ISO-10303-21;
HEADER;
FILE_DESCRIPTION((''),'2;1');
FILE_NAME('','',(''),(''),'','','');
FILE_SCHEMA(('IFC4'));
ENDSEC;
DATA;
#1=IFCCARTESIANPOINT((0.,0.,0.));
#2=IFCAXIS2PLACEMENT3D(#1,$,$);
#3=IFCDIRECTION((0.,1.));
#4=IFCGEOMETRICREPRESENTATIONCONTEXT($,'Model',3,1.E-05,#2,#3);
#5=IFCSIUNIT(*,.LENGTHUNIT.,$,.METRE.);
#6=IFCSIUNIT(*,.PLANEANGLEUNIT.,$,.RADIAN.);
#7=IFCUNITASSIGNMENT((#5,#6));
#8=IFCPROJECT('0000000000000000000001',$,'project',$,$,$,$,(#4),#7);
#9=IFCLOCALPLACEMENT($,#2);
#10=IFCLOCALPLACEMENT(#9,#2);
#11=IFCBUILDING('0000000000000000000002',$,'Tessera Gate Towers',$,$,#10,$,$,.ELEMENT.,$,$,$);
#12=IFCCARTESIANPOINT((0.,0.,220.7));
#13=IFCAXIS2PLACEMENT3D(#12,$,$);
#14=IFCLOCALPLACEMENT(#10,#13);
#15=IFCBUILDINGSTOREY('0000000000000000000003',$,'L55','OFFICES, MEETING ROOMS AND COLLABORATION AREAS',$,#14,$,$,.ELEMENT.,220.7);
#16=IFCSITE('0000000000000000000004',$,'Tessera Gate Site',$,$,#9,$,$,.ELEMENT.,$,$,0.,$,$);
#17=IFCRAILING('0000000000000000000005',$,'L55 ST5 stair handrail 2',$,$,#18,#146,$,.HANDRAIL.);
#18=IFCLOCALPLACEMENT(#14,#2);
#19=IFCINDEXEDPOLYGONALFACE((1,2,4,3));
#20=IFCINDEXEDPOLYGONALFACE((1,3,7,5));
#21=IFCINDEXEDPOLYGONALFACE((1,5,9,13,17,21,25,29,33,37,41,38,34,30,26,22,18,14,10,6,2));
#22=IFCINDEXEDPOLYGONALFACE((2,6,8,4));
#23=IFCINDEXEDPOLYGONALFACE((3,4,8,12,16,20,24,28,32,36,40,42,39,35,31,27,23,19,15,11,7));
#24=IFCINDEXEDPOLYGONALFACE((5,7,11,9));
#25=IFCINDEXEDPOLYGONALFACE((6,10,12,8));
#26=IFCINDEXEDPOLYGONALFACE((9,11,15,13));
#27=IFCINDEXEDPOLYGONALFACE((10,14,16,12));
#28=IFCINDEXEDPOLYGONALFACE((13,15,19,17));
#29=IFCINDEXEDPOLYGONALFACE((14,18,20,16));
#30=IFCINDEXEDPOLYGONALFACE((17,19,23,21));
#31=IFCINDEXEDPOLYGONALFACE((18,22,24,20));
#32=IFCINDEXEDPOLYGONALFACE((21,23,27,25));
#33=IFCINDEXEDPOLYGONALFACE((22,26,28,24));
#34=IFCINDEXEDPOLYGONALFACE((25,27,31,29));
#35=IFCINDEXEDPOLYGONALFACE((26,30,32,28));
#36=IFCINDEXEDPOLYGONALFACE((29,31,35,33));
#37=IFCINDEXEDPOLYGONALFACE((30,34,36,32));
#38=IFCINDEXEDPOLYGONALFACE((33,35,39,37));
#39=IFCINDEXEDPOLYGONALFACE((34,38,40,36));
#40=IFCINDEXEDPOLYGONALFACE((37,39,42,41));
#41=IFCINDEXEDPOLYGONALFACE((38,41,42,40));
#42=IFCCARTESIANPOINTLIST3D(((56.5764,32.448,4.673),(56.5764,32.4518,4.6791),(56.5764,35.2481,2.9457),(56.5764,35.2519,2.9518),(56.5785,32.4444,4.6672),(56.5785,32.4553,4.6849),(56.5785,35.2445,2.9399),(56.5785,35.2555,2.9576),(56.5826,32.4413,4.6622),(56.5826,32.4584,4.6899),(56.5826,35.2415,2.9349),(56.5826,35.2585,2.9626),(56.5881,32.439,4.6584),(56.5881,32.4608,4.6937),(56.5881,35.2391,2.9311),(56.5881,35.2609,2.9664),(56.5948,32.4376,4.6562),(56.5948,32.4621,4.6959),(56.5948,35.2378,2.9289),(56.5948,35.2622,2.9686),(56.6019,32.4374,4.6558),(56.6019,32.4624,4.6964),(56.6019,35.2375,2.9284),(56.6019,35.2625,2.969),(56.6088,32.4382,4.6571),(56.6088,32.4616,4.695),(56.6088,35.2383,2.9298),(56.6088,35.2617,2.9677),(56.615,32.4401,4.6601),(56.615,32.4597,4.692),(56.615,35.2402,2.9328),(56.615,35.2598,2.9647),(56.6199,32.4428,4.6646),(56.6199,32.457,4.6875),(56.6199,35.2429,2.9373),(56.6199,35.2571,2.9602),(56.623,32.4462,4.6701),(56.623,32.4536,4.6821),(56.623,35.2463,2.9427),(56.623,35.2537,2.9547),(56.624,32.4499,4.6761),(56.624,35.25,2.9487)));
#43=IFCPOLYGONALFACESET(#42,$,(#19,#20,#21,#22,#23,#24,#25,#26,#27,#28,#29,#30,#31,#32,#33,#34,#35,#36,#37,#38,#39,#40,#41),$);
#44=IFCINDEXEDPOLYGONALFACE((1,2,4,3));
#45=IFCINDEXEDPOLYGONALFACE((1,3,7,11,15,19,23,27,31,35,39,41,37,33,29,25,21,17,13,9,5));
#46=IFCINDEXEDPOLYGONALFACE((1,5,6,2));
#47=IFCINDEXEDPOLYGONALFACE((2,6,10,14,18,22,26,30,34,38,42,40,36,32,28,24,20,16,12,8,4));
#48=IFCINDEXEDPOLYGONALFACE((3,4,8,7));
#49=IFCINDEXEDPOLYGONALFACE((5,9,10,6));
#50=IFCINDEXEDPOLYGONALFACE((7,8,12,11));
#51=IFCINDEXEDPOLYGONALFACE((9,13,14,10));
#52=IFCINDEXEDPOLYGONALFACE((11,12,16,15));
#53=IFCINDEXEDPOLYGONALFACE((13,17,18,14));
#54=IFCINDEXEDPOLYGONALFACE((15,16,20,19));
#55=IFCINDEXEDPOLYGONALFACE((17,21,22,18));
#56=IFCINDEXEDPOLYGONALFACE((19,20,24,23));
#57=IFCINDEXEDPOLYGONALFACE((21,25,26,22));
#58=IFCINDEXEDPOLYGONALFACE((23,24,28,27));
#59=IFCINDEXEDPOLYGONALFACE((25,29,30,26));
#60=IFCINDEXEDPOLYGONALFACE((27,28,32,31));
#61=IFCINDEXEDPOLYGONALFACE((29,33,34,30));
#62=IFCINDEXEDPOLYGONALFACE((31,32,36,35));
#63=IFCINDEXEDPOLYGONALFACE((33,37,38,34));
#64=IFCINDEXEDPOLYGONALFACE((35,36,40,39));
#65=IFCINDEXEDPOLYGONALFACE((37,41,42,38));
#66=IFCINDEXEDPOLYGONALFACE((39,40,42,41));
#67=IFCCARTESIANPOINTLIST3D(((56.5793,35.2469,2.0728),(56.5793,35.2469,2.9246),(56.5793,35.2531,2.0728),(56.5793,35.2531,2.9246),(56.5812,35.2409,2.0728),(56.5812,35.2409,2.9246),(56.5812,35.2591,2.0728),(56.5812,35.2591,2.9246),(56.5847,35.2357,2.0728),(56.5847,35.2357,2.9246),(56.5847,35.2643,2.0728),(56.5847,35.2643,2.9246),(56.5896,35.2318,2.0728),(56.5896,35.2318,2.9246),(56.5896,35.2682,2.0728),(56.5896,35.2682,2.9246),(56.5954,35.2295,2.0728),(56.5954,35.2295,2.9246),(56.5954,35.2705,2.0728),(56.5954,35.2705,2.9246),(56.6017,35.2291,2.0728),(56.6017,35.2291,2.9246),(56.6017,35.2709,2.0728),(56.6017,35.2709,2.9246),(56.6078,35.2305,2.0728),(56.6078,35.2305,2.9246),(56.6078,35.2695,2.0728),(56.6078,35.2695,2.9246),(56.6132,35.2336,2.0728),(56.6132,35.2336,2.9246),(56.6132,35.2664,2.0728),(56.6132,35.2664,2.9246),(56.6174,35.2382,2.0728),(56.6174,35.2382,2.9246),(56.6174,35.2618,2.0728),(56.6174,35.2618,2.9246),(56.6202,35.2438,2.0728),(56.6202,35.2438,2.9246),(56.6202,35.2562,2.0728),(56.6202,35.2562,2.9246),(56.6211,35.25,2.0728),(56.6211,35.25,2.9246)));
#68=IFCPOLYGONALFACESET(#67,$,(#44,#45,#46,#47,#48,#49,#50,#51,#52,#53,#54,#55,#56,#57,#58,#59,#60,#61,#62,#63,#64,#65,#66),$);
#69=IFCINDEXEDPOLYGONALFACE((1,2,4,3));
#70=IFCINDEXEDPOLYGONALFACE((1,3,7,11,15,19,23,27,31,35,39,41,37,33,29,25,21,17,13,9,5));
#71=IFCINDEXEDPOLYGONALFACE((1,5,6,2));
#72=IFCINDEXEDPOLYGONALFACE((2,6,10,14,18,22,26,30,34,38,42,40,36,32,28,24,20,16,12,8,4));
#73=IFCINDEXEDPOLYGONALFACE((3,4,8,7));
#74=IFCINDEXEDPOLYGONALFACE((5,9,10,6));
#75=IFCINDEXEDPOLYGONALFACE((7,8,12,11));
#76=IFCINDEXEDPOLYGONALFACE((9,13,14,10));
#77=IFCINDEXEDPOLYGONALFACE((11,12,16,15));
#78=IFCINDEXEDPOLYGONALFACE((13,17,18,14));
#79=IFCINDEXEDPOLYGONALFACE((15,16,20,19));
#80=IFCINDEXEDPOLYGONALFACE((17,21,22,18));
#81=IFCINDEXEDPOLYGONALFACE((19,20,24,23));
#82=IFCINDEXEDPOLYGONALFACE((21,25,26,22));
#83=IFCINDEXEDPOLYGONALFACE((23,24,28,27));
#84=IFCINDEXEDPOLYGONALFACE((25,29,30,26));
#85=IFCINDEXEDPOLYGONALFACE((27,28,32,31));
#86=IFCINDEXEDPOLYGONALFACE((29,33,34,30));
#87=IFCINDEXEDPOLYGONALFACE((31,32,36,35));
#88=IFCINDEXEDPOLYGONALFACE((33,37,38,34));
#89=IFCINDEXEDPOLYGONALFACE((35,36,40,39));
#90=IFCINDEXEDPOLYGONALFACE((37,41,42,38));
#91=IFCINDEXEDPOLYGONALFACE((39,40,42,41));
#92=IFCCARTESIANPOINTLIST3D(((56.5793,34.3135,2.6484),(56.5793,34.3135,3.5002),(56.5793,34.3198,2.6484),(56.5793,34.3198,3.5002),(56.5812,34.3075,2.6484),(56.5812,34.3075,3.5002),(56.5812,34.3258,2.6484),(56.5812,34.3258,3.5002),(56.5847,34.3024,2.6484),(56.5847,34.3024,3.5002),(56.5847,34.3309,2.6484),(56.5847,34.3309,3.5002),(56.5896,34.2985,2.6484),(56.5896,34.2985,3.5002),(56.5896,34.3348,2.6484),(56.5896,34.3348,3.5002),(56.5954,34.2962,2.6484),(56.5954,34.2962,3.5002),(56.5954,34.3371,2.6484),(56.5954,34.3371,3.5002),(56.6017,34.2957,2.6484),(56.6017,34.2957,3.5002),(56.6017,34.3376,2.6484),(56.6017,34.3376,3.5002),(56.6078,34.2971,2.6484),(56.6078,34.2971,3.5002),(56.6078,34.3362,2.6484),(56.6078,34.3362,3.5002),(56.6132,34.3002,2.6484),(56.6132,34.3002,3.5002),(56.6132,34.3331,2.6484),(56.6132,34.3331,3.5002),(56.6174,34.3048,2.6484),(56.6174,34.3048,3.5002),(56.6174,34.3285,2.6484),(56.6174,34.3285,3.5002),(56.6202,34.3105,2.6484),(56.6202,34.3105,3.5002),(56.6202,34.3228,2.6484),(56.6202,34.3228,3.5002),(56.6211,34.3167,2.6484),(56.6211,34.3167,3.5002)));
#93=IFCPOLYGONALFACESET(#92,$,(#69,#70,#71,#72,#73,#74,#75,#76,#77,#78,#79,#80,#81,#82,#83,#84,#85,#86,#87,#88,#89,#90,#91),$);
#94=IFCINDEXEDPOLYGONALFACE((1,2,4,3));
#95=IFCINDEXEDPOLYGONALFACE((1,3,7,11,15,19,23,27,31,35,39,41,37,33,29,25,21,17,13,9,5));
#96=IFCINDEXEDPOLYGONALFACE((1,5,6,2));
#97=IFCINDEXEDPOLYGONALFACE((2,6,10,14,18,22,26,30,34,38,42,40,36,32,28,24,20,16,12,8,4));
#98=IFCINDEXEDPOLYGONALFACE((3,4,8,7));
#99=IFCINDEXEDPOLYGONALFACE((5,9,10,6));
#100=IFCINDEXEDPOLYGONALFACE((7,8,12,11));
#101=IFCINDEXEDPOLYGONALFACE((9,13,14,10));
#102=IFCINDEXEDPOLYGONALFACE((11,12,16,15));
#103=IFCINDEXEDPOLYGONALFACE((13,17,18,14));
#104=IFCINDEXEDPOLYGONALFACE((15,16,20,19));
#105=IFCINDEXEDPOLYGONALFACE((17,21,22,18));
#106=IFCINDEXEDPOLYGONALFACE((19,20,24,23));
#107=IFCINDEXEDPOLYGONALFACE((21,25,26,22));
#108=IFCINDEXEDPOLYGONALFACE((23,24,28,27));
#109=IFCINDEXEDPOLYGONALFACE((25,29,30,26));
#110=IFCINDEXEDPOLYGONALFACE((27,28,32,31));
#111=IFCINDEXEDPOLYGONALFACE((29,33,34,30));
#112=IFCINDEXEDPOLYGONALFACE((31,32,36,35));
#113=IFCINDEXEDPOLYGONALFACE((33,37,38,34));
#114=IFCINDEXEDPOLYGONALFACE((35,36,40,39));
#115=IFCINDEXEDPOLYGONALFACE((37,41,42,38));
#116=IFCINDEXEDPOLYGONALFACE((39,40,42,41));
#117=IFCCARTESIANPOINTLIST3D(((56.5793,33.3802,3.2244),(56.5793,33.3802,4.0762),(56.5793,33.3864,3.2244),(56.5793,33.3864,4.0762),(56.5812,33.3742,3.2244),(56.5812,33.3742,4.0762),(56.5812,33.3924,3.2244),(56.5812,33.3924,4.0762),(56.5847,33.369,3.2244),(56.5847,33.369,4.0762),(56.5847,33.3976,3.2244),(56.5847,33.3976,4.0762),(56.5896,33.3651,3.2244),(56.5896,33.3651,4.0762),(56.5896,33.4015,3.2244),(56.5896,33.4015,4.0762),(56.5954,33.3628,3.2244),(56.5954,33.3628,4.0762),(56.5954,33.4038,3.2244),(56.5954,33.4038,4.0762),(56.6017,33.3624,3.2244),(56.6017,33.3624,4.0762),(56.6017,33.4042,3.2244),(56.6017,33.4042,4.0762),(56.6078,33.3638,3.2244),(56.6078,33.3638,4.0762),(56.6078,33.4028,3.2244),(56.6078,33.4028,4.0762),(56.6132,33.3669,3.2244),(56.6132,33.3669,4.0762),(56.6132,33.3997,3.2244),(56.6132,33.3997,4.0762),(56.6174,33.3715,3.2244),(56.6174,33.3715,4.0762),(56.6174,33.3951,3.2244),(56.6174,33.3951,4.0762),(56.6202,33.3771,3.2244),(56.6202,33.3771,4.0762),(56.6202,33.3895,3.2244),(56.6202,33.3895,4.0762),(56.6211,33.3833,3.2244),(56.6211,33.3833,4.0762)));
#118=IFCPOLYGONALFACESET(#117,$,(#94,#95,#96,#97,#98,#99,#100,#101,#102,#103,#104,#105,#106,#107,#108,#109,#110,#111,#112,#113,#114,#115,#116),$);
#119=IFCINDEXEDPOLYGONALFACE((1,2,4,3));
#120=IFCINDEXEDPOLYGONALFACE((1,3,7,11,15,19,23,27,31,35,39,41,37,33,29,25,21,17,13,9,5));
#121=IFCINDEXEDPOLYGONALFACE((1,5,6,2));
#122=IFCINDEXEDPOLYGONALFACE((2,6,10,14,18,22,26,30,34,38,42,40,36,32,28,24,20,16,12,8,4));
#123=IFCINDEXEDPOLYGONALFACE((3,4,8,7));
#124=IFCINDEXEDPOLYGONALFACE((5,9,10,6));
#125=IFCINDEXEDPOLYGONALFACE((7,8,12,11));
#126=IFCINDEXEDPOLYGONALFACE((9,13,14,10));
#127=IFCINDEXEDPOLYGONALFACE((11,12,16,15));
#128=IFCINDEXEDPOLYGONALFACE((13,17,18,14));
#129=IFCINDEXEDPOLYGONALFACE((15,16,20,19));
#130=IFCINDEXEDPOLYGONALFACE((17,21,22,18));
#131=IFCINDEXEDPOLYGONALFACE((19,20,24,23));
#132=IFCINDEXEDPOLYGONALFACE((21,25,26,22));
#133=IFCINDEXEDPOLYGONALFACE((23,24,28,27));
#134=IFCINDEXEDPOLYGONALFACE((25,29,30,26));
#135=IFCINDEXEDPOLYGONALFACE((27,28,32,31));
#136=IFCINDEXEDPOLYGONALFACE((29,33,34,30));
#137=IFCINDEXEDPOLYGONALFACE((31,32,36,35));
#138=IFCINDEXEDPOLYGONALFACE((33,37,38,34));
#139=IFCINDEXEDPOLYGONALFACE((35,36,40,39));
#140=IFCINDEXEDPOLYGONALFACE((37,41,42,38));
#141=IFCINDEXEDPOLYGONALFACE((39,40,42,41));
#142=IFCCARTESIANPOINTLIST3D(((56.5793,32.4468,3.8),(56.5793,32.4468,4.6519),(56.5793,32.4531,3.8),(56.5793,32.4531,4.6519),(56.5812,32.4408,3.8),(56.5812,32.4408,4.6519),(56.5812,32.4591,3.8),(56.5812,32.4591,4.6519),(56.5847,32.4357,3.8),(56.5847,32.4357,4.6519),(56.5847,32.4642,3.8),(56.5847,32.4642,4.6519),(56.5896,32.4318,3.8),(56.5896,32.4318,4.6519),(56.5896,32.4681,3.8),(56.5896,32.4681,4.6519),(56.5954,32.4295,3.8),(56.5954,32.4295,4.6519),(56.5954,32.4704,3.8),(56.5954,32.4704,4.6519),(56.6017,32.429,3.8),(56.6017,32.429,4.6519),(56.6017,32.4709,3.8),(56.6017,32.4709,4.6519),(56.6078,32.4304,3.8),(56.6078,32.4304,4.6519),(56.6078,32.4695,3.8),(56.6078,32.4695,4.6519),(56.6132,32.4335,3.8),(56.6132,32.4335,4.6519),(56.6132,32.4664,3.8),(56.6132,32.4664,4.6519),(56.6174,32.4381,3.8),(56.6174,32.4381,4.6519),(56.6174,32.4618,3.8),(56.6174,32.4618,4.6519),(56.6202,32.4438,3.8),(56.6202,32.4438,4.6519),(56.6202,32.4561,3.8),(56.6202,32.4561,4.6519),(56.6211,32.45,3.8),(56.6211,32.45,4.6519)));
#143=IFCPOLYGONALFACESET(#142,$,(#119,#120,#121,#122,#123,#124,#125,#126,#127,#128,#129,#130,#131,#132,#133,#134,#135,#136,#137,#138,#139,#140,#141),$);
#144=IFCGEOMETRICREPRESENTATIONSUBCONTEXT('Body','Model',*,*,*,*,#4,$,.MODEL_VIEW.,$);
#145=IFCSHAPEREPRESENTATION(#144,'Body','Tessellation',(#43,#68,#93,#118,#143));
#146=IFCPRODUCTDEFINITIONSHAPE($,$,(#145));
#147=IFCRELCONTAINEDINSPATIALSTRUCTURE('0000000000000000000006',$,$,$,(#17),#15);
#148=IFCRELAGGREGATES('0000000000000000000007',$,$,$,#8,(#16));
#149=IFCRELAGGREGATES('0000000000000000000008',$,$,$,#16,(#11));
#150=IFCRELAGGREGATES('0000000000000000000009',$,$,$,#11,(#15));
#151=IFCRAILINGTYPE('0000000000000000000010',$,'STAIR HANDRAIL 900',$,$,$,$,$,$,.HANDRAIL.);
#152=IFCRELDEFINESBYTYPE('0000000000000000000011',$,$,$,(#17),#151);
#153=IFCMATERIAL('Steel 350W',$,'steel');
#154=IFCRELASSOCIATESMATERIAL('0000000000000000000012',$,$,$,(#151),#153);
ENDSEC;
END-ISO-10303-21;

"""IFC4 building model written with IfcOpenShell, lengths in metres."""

from ifc_helpers import new_model, si_unit, direction, frame, origin, origin_2d, place, context, subcontext, project, spatial, circle, extrude, material, type_object, element, save


model = new_model("IFC4")

# Units and contexts
model_context = context("Model", 3, precision=1e-05, world=origin(), true_north=direction((0.0, 1.0)))
body_context = subcontext(model_context, "Body", "Model", "MODEL_VIEW")
ifc_project = project(units=[si_unit("LENGTHUNIT", "METRE"), si_unit("PLANEANGLEUNIT", "RADIAN")], contexts=[model_context])

# Site, building, storey
site_placement = place(None, origin())
site = spatial("IfcSite", under=ifc_project, at=site_placement, Name="Tessera Gate Site", CompositionType="ELEMENT", RefElevation=0.0)
building_placement = place(site_placement, origin())
building = spatial("IfcBuilding", under=site, at=building_placement, Name="Tessera Gate Towers", CompositionType="ELEMENT")
storey_placement = place(building_placement, frame((0.0, 0.0, 220.7)))
storey = spatial("IfcBuildingStorey", under=building, at=storey_placement, Name="L55", Description="OFFICES, MEETING ROOMS AND COLLABORATION AREAS", CompositionType="ELEMENT", Elevation=220.7)

# Railing
ifc_material_1 = material(Name="Steel 350W", Category="steel")
railing_type_1 = type_object("IfcRailingType", Name="STAIR HANDRAIL 900", PredefinedType="HANDRAIL", material=ifc_material_1)
railing_1_placement = place(storey_placement, frame((56.6001, 35.25, 2.0728)))
element("IfcRailing", 1, at=railing_1_placement, inside=storey, type_object=railing_type_1, Name="L55 ST5 stair handrail 2", PredefinedType="HANDRAIL", context=body_context, shape_type="SweptSolid", body=[
    extrude(circle(Radius=0.0239, at=origin_2d()), frame((0.0, 0.0, 0.876), z_axis=(0.0, -0.85109, 0.52502), x_axis=(1.0, 0.0, 0.0)), (0.0, 0.0, 1.0), 3.29),
    extrude(circle(Radius=0.021, at=origin_2d()), origin(), (0.0, 0.0, 1.0), 0.8518),
    extrude(circle(Radius=0.021, at=origin_2d()), frame((0.0, -0.9333, 0.5757)), (0.0, 0.0, 1.0), 0.8518),
    extrude(circle(Radius=0.021, at=origin_2d()), frame((0.0, -1.8667, 1.1516)), (0.0, 0.0, 1.0), 0.8518),
    extrude(circle(Radius=0.021, at=origin_2d()), frame((0.0, -2.8, 1.7273)), (0.0, 0.0, 1.0), 0.8518),
])

save(model, "model.ifc")
